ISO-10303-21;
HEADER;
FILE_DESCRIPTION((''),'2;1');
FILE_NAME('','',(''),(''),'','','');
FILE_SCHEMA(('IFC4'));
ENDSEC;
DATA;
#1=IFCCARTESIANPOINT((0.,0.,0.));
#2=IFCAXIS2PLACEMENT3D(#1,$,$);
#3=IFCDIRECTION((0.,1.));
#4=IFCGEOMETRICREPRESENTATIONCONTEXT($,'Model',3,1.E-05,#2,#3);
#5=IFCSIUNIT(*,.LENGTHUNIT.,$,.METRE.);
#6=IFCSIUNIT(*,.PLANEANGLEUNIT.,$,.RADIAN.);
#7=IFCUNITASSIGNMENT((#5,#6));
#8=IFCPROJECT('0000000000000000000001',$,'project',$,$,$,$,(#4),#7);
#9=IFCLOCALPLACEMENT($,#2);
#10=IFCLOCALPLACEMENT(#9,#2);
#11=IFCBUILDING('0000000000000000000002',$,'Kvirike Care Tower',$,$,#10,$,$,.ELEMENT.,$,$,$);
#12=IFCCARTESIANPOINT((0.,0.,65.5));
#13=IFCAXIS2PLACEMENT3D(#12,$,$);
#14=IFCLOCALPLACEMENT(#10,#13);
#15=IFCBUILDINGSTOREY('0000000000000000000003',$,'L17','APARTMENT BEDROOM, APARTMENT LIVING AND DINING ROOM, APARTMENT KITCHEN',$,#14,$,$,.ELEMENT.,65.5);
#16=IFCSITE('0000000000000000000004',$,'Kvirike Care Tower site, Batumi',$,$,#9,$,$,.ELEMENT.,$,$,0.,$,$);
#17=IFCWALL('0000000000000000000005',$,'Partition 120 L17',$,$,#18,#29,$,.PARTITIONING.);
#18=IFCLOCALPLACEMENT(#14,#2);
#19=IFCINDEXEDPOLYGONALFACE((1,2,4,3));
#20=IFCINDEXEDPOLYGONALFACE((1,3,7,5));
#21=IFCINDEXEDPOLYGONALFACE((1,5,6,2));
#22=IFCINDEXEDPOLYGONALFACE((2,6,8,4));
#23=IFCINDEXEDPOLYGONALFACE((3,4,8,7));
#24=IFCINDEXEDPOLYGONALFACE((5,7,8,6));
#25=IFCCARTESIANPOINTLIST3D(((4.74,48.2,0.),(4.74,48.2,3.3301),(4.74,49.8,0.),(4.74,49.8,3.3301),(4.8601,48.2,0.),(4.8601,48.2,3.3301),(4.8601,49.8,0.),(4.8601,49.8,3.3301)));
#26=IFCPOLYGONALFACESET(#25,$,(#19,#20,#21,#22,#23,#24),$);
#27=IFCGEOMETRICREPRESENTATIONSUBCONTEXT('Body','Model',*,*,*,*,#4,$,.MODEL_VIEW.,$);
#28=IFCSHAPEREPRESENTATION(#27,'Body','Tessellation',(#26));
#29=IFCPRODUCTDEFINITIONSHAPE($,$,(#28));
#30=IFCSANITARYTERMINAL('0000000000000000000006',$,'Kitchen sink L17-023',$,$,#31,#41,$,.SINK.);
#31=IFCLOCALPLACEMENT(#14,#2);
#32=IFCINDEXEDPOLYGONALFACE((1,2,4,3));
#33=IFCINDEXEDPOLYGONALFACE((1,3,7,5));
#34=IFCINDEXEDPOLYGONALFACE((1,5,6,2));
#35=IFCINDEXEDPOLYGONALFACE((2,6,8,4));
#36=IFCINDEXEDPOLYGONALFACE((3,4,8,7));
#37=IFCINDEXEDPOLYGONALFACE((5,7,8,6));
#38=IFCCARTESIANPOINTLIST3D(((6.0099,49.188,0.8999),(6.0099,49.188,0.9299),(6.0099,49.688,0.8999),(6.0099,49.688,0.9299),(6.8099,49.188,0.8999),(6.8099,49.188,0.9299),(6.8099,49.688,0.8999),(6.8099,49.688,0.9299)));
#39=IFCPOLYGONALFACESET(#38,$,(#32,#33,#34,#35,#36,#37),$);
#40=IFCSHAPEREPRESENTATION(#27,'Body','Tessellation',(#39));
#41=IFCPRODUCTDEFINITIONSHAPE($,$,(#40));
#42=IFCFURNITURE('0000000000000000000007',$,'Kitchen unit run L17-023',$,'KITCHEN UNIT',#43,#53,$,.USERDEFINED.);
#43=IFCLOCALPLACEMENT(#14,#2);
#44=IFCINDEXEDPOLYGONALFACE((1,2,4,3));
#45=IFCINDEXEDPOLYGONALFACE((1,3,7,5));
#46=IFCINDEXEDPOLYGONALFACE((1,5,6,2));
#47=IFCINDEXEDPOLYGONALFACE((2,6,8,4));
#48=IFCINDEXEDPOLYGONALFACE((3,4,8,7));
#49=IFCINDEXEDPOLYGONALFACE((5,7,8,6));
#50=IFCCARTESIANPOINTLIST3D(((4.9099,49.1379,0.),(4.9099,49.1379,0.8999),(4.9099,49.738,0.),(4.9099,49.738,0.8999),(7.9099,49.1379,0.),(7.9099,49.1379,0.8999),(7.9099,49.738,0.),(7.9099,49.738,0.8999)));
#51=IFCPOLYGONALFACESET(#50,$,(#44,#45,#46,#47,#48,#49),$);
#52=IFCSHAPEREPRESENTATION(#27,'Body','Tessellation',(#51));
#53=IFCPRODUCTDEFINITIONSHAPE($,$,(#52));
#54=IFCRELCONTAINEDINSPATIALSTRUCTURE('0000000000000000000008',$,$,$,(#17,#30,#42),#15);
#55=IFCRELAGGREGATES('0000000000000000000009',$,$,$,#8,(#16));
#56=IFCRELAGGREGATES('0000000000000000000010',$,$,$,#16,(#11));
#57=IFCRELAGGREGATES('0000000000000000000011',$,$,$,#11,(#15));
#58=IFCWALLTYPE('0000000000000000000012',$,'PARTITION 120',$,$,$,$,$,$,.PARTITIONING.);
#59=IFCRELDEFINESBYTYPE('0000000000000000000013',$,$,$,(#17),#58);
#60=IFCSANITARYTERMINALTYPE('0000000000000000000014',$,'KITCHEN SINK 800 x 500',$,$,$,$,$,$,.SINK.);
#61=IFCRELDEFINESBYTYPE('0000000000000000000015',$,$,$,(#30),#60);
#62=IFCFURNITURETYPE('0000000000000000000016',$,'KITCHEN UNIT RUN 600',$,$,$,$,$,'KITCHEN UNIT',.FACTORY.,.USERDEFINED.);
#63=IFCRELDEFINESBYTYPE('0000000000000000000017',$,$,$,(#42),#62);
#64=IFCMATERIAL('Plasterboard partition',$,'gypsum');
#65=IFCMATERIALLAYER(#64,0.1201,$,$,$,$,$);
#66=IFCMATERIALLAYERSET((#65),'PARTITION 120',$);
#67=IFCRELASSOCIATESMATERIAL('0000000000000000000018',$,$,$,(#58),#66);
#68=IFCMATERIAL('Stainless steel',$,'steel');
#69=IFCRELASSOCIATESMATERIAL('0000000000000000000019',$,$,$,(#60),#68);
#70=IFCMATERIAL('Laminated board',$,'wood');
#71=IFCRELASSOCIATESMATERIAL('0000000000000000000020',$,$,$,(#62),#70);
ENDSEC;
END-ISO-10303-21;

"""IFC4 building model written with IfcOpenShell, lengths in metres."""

from ifc_helpers import new_model, si_unit, direction, frame, frame_2d, origin, origin_2d, place, context, subcontext, project, spatial, rectangle, extrude, material, layer, layer_set, type_object, element, save


model = new_model("IFC4")

# Units and contexts
model_context = context("Model", 3, precision=1e-05, world=origin(), true_north=direction((0.0, 1.0)))
body_context = subcontext(model_context, "Body", "Model", "MODEL_VIEW")
ifc_project = project(units=[si_unit("LENGTHUNIT", "METRE"), si_unit("PLANEANGLEUNIT", "RADIAN")], contexts=[model_context])

# Site, building, storey
site_placement = place(None, origin())
site = spatial("IfcSite", under=ifc_project, at=site_placement, Name="Kvirike Care Tower site, Batumi", CompositionType="ELEMENT", RefElevation=0.0)
building_placement = place(site_placement, origin())
building = spatial("IfcBuilding", under=site, at=building_placement, Name="Kvirike Care Tower", CompositionType="ELEMENT")
storey_placement = place(building_placement, frame((0.0, 0.0, 65.5)))
storey = spatial("IfcBuildingStorey", under=building, at=storey_placement, Name="L17", Description="APARTMENT BEDROOM, APARTMENT LIVING AND DINING ROOM, APARTMENT KITCHEN", CompositionType="ELEMENT", Elevation=65.5)

# Wall
ifc_material_1 = material(Name="Plasterboard partition", Category="gypsum")
ifc_layer_1 = layer(ifc_material_1, 0.1201)
ifc_layer_set_1 = layer_set([ifc_layer_1], Name="PARTITION 120")
wall_type_1 = type_object("IfcWallType", Name="PARTITION 120", PredefinedType="PARTITIONING", material=ifc_layer_set_1)
wall_1_placement = place(storey_placement, frame((4.8, 49.8, 0.0), z_axis=(0.0, 0.0, 1.0), x_axis=(0.0, -1.0, 0.0)))
element("IfcWall", 1, at=wall_1_placement, inside=storey, type_object=wall_type_1, Name="Partition 120 L17", PredefinedType="PARTITIONING", context=body_context, shape_type="SweptSolid", body=[
    extrude(rectangle(XDim=1.6001, YDim=0.1201, at=frame_2d((0.8, 0.0))), origin(), (0.0, 0.0, 1.0), 3.3301),
])

# Sanitary terminal
ifc_material_2 = material(Name="Stainless steel", Category="steel")
sanitary_terminal_type = type_object("IfcSanitaryTerminalType", Name="KITCHEN SINK 800 x 500", PredefinedType="SINK", material=ifc_material_2)
sanitary_terminal_placement = place(storey_placement, frame((6.4099, 49.438, 0.8999), z_axis=(0.0, 0.0, 1.0), x_axis=(1.0, 0.0, 0.0)))
element("IfcSanitaryTerminal", 2, at=sanitary_terminal_placement, inside=storey, type_object=sanitary_terminal_type, Name="Kitchen sink L17-023", PredefinedType="SINK", context=body_context, shape_type="SweptSolid", body=[
    extrude(rectangle(XDim=0.8, YDim=0.5, at=origin_2d()), origin(), (0.0, 0.0, 1.0), 0.03),
])

# Furniture
ifc_material_3 = material(Name="Laminated board", Category="wood")
furniture_type = type_object("IfcFurnitureType", Name="KITCHEN UNIT RUN 600", ElementType="KITCHEN UNIT", AssemblyPlace="FACTORY", PredefinedType="USERDEFINED", material=ifc_material_3)
furniture_placement = place(storey_placement, frame((6.4099, 49.438, 0.0), z_axis=(0.0, 0.0, 1.0), x_axis=(1.0, 0.0, 0.0)))
element("IfcFurniture", 3, at=furniture_placement, inside=storey, type_object=furniture_type, Name="Kitchen unit run L17-023", ObjectType="KITCHEN UNIT", PredefinedType="USERDEFINED", context=body_context, shape_type="SweptSolid", body=[
    extrude(rectangle(XDim=3.0, YDim=0.6001, at=origin_2d()), origin(), (0.0, 0.0, 1.0), 0.8999),
])

save(model, "model.ifc")
